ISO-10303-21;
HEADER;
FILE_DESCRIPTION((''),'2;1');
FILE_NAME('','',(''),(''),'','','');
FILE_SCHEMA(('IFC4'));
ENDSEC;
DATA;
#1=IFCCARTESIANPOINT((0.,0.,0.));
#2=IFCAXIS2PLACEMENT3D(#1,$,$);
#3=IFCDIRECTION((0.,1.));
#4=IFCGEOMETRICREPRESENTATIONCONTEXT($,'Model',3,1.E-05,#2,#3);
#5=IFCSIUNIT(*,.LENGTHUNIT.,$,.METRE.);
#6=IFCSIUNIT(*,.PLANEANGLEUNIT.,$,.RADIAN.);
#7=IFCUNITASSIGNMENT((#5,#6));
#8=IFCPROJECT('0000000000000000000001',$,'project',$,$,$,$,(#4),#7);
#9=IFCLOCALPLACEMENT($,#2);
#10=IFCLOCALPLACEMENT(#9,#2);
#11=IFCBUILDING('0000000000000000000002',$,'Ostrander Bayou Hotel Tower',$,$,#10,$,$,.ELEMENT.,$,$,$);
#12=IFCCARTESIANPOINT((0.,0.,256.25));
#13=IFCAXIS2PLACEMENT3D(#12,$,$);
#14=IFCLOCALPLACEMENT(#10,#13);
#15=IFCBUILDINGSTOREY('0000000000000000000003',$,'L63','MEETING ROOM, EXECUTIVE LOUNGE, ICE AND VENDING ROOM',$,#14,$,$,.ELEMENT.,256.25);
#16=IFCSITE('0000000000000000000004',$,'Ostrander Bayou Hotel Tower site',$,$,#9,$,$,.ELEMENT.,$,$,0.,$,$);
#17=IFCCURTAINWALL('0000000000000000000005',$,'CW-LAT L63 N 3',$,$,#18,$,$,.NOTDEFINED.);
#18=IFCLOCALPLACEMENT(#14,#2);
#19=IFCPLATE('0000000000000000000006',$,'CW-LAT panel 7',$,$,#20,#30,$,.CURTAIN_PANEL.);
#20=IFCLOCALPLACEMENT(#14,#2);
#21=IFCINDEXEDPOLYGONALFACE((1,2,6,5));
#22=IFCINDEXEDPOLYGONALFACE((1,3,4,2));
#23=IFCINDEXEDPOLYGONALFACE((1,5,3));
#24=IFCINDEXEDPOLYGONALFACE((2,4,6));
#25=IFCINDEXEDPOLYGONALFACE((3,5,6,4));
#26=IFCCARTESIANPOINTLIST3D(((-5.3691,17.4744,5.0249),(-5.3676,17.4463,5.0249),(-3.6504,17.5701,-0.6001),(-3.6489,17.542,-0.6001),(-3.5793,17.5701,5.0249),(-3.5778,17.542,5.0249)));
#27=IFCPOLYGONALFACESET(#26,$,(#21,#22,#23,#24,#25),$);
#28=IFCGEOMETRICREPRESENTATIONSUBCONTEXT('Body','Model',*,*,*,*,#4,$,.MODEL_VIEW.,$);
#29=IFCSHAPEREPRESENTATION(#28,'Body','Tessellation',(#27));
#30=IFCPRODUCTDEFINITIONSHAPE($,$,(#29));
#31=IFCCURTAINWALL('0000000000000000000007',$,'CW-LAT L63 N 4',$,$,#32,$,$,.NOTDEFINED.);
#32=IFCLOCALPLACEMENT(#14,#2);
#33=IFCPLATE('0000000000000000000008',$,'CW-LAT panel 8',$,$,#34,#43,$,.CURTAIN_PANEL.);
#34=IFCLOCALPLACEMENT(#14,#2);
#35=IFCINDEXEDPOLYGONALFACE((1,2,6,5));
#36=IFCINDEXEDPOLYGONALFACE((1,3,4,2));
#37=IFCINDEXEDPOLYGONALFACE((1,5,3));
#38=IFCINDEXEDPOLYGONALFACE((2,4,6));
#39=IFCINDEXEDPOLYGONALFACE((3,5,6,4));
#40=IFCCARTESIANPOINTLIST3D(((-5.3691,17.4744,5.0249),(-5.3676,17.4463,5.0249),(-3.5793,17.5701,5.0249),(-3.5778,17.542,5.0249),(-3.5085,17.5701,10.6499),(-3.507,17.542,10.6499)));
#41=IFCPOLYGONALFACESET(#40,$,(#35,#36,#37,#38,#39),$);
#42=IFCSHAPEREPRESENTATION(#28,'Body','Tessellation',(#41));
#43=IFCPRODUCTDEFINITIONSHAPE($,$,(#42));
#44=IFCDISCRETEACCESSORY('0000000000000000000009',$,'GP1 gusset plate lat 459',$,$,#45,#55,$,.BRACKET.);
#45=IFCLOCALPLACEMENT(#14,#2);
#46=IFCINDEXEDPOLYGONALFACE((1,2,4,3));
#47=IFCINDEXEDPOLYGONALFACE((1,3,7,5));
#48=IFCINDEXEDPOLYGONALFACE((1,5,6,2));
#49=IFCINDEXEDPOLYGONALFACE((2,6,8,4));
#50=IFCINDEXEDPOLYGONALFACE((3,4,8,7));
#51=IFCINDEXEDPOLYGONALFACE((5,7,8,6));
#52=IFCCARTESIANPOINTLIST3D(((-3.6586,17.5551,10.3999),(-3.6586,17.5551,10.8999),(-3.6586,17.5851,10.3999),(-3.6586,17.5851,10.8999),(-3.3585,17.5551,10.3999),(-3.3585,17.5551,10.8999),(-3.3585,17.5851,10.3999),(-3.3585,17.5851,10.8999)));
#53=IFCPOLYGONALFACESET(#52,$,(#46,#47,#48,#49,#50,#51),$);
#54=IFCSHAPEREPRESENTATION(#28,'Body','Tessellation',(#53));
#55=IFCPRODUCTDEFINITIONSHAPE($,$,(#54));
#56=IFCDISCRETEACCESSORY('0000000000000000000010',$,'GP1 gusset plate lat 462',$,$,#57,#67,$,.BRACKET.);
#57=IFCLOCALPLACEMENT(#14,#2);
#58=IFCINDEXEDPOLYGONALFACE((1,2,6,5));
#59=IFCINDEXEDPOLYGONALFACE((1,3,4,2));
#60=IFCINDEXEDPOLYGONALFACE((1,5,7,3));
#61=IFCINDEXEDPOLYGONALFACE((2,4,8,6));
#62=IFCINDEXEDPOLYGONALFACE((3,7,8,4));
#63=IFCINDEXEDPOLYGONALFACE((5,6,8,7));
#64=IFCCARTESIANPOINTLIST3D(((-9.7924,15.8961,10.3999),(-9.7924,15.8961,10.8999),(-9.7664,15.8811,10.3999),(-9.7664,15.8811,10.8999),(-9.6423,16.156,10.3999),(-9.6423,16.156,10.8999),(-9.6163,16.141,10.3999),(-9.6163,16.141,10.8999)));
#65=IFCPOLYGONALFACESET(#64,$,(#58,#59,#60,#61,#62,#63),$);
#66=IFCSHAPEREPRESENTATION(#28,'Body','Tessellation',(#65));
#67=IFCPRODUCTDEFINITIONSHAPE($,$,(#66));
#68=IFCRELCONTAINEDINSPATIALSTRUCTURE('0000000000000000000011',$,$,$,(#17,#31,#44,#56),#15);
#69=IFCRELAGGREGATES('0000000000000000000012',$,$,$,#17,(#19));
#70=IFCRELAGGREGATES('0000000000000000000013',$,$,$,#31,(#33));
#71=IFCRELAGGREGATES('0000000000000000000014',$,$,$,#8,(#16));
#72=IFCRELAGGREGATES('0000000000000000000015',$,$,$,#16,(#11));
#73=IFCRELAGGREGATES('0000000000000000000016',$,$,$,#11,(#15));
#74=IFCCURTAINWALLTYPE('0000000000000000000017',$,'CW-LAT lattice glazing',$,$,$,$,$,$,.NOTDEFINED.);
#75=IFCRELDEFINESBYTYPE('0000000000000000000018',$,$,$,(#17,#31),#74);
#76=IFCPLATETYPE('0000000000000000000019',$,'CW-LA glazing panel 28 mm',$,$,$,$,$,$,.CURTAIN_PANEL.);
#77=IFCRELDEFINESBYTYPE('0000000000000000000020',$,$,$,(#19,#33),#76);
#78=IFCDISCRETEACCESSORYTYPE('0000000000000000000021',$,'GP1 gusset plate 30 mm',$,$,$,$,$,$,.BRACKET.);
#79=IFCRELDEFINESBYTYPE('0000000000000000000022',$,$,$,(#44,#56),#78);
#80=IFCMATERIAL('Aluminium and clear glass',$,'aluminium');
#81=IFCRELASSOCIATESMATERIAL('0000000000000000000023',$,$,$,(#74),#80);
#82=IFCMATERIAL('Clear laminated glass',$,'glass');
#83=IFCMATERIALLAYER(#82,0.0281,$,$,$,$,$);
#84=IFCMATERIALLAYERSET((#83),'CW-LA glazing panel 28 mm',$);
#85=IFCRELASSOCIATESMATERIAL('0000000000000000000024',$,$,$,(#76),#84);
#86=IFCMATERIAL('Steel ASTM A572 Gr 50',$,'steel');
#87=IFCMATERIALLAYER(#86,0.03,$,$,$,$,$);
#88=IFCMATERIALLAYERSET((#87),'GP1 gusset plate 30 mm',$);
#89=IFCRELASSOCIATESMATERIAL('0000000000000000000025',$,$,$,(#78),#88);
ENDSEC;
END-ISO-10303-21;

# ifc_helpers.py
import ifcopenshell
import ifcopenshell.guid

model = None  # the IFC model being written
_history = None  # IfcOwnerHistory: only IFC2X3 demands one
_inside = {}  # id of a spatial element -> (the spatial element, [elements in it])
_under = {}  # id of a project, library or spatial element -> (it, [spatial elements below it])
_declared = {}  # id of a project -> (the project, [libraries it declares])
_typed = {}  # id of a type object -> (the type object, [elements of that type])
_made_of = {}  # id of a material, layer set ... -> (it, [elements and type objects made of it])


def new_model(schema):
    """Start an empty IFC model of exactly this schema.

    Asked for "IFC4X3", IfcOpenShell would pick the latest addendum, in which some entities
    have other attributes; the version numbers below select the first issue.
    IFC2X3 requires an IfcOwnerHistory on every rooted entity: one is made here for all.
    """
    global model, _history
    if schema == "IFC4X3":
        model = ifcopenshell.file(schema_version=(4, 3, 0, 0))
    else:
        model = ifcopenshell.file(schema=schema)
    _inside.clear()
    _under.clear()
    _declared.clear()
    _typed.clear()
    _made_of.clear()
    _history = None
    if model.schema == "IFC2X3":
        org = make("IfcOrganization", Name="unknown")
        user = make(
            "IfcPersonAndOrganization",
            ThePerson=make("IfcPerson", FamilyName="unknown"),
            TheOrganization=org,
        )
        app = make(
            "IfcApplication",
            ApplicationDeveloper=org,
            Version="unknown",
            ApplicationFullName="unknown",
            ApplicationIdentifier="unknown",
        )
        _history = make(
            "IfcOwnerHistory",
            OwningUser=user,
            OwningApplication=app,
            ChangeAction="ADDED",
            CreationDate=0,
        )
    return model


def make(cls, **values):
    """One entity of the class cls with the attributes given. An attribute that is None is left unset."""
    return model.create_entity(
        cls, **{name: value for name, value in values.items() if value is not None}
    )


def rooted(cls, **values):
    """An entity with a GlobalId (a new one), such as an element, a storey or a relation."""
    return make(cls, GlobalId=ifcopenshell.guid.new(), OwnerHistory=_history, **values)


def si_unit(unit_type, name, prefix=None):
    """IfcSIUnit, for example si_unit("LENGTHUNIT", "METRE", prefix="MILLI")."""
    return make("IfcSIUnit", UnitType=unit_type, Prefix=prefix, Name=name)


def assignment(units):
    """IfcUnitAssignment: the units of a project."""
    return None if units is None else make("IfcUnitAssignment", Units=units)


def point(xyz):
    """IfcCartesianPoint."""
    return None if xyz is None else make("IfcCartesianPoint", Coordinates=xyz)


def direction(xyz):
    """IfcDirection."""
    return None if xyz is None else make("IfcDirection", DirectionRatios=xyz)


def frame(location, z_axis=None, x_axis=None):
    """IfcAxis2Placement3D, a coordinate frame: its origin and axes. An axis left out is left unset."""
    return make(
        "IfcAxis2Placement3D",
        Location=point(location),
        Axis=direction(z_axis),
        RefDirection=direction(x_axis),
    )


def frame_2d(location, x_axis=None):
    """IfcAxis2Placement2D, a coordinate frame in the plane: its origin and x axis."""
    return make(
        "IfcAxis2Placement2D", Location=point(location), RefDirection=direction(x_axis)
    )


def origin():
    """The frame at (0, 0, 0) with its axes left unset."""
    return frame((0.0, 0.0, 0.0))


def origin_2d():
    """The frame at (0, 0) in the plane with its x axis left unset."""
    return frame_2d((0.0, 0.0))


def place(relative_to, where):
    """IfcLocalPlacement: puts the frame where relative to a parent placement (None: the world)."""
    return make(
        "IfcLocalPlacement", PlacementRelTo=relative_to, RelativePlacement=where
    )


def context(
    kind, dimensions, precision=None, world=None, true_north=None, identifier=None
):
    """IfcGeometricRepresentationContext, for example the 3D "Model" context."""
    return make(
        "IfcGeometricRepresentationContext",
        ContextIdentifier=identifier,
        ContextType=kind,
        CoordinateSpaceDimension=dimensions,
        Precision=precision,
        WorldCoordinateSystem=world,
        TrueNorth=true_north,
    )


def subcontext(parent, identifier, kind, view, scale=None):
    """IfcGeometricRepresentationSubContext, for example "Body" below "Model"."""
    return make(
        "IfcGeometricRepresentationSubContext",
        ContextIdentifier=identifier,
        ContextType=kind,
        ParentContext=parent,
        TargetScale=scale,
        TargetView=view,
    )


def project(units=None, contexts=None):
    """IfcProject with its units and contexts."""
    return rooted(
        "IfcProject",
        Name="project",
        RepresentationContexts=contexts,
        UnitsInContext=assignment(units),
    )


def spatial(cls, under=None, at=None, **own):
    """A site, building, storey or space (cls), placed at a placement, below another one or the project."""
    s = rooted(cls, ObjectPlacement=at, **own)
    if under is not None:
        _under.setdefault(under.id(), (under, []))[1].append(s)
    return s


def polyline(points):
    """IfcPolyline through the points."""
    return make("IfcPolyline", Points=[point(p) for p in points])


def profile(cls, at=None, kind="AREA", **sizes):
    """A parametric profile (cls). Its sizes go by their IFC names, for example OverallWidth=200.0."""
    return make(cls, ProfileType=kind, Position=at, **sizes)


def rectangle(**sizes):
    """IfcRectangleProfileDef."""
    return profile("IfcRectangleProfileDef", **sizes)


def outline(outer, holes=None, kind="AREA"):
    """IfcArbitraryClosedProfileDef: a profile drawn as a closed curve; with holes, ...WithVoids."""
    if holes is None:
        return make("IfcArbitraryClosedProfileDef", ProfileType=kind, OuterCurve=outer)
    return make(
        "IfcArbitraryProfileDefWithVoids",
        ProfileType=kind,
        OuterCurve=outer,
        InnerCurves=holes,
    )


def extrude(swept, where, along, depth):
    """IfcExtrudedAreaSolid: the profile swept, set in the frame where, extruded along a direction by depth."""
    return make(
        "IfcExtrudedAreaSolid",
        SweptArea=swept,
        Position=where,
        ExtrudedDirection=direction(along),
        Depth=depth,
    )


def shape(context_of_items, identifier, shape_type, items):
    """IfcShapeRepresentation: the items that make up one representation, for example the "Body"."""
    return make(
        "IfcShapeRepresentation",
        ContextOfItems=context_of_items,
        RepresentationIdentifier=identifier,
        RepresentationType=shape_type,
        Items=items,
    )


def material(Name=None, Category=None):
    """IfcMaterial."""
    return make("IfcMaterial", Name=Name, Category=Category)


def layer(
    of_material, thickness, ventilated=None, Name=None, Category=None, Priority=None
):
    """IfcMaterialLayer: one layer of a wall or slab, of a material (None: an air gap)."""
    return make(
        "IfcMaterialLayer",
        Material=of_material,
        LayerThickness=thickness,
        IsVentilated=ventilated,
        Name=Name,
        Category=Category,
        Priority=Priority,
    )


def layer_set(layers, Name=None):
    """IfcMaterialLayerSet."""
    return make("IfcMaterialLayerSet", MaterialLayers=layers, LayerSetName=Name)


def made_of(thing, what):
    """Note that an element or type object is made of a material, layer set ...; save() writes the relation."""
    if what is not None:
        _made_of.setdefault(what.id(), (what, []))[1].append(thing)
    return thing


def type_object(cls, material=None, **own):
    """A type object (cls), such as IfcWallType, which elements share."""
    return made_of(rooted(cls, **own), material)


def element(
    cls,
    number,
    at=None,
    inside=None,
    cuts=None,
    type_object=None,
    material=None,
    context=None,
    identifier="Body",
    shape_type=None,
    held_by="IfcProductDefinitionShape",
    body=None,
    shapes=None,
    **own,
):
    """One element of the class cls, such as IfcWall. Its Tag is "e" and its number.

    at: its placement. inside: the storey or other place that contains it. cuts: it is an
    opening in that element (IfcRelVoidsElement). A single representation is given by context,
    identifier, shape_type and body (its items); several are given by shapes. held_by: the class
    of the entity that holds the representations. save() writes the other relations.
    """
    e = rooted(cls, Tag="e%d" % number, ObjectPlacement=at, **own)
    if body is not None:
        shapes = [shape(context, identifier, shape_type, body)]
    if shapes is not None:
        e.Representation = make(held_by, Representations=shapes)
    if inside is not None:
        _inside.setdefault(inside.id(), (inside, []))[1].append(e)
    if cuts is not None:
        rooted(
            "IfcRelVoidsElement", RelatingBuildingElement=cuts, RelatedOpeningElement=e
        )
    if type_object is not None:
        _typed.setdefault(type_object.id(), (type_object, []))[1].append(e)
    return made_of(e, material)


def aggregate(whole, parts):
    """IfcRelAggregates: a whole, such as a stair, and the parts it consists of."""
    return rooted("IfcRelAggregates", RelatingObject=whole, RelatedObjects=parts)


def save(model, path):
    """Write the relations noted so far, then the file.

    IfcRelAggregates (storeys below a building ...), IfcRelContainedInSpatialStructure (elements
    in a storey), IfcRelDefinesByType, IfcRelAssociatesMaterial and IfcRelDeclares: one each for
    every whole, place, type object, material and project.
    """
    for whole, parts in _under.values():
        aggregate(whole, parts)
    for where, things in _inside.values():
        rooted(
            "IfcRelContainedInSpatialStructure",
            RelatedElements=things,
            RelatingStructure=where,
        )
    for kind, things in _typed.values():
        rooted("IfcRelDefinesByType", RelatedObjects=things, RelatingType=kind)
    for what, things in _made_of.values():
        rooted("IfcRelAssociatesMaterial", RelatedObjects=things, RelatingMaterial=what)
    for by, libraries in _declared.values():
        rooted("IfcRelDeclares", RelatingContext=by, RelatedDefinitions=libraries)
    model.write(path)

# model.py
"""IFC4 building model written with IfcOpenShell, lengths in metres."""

from ifc_helpers import new_model, si_unit, direction, frame, origin, origin_2d, place, context, subcontext, project, spatial, polyline, rectangle, outline, extrude, material, layer, layer_set, type_object, element, aggregate, save


model = new_model("IFC4")

# Units and contexts
model_context = context("Model", 3, precision=1e-05, world=origin(), true_north=direction((0.0, 1.0)))
body_context = subcontext(model_context, "Body", "Model", "MODEL_VIEW")
ifc_project = project(units=[si_unit("LENGTHUNIT", "METRE"), si_unit("PLANEANGLEUNIT", "RADIAN")], contexts=[model_context])

# Site, building, storey
site_placement = place(None, origin())
site = spatial("IfcSite", under=ifc_project, at=site_placement, Name="Ostrander Bayou Hotel Tower site", CompositionType="ELEMENT", RefElevation=0.0)
building_placement = place(site_placement, origin())
building = spatial("IfcBuilding", under=site, at=building_placement, Name="Ostrander Bayou Hotel Tower", CompositionType="ELEMENT")
storey_placement = place(building_placement, frame((0.0, 0.0, 256.25)))
storey = spatial("IfcBuildingStorey", under=building, at=storey_placement, Name="L63", Description="MEETING ROOM, EXECUTIVE LOUNGE, ICE AND VENDING ROOM", CompositionType="ELEMENT", Elevation=256.25)

# Shared definitions
ifc_material_1 = material(Name="Aluminium and clear glass", Category="aluminium")
curtain_wall_type = type_object("IfcCurtainWallType", Name="CW-LAT lattice glazing", PredefinedType="NOTDEFINED", material=ifc_material_1)

# Shared definitions
ifc_material_2 = material(Name="Clear laminated glass", Category="glass")
ifc_layer_1 = layer(ifc_material_2, 0.0281)
ifc_layer_set_1 = layer_set([ifc_layer_1], Name="CW-LA glazing panel 28 mm")
plate_type = type_object("IfcPlateType", Name="CW-LA glazing panel 28 mm", PredefinedType="CURTAIN_PANEL", material=ifc_layer_set_1)

# Curtain walls, plates
curtain_wall_1_placement = place(storey_placement, origin())
curtain_wall_1 = element("IfcCurtainWall", 1, at=curtain_wall_1_placement, inside=storey, type_object=curtain_wall_type, Name="CW-LAT L63 N 3", PredefinedType="NOTDEFINED")
plate_1_placement = place(storey_placement, frame((-5.3691, 17.4744, 5.0249), z_axis=(-0.053395, 0.998573, 0.000674), x_axis=(0.29218, 0.016269, -0.956225)))
plate_1 = element("IfcPlate", 2, at=plate_1_placement, type_object=plate_type, Name="CW-LAT panel 7", PredefinedType="CURTAIN_PANEL", context=body_context, shape_type="SweptSolid", body=[
    extrude(outline(polyline([(0.0, 0.0), (5.8825, 0.0), (0.5245, -1.7139), (0.0, 0.0)])), origin(), (0.0, 0.0, -1.0), 0.0281),
])
aggregate(curtain_wall_1, [plate_1])
curtain_wall_2_placement = place(storey_placement, origin())
curtain_wall_2 = element("IfcCurtainWall", 3, at=curtain_wall_2_placement, inside=storey, type_object=curtain_wall_type, Name="CW-LAT L63 N 4", PredefinedType="NOTDEFINED")
plate_2_placement = place(storey_placement, frame((-5.3691, 17.4744, 5.0249), z_axis=(-0.053395, 0.998573, 0.000672), x_axis=(0.313998, 0.016151, 0.949286)))
plate_2 = element("IfcPlate", 4, at=plate_2_placement, type_object=plate_type, Name="CW-LAT panel 8", PredefinedType="CURTAIN_PANEL", context=body_context, shape_type="SweptSolid", body=[
    extrude(outline(polyline([(0.0, 0.0), (5.9255, 0.0), (0.5635, 1.7015), (0.0, 0.0)])), origin(), (0.0, 0.0, -1.0), 0.0281),
])
aggregate(curtain_wall_2, [plate_2])

# Discrete accessories
ifc_material_3 = material(Name="Steel ASTM A572 Gr 50", Category="steel")
ifc_layer_2 = layer(ifc_material_3, 0.03)
ifc_layer_set_2 = layer_set([ifc_layer_2], Name="GP1 gusset plate 30 mm")
discrete_accessory_type = type_object("IfcDiscreteAccessoryType", Name="GP1 gusset plate 30 mm", PredefinedType="BRACKET", material=ifc_layer_set_2)
for number, where, z_axis, x_axis, name in (
    (5, (-3.5085, 17.5701, 10.3999), (0.0, 0.0, 1.0), (-1.0, 0.0, 0.0), "GP1 gusset plate lat 459"),
    (6, (-9.7043, 16.0186, 10.3999), (0.0, 0.0, 1.0), (-0.5, -0.866025, 0.0), "GP1 gusset plate lat 462"),
):
    element("IfcDiscreteAccessory", number, at=place(storey_placement, frame(where, z_axis=z_axis, x_axis=x_axis)), inside=storey, type_object=discrete_accessory_type, Name=name, PredefinedType="BRACKET", context=body_context, shape_type="SweptSolid", body=[
        extrude(rectangle(XDim=0.3, YDim=0.03, at=origin_2d()), origin(), (0.0, 0.0, 1.0), 0.5),
    ])

save(model, "model.ifc")
